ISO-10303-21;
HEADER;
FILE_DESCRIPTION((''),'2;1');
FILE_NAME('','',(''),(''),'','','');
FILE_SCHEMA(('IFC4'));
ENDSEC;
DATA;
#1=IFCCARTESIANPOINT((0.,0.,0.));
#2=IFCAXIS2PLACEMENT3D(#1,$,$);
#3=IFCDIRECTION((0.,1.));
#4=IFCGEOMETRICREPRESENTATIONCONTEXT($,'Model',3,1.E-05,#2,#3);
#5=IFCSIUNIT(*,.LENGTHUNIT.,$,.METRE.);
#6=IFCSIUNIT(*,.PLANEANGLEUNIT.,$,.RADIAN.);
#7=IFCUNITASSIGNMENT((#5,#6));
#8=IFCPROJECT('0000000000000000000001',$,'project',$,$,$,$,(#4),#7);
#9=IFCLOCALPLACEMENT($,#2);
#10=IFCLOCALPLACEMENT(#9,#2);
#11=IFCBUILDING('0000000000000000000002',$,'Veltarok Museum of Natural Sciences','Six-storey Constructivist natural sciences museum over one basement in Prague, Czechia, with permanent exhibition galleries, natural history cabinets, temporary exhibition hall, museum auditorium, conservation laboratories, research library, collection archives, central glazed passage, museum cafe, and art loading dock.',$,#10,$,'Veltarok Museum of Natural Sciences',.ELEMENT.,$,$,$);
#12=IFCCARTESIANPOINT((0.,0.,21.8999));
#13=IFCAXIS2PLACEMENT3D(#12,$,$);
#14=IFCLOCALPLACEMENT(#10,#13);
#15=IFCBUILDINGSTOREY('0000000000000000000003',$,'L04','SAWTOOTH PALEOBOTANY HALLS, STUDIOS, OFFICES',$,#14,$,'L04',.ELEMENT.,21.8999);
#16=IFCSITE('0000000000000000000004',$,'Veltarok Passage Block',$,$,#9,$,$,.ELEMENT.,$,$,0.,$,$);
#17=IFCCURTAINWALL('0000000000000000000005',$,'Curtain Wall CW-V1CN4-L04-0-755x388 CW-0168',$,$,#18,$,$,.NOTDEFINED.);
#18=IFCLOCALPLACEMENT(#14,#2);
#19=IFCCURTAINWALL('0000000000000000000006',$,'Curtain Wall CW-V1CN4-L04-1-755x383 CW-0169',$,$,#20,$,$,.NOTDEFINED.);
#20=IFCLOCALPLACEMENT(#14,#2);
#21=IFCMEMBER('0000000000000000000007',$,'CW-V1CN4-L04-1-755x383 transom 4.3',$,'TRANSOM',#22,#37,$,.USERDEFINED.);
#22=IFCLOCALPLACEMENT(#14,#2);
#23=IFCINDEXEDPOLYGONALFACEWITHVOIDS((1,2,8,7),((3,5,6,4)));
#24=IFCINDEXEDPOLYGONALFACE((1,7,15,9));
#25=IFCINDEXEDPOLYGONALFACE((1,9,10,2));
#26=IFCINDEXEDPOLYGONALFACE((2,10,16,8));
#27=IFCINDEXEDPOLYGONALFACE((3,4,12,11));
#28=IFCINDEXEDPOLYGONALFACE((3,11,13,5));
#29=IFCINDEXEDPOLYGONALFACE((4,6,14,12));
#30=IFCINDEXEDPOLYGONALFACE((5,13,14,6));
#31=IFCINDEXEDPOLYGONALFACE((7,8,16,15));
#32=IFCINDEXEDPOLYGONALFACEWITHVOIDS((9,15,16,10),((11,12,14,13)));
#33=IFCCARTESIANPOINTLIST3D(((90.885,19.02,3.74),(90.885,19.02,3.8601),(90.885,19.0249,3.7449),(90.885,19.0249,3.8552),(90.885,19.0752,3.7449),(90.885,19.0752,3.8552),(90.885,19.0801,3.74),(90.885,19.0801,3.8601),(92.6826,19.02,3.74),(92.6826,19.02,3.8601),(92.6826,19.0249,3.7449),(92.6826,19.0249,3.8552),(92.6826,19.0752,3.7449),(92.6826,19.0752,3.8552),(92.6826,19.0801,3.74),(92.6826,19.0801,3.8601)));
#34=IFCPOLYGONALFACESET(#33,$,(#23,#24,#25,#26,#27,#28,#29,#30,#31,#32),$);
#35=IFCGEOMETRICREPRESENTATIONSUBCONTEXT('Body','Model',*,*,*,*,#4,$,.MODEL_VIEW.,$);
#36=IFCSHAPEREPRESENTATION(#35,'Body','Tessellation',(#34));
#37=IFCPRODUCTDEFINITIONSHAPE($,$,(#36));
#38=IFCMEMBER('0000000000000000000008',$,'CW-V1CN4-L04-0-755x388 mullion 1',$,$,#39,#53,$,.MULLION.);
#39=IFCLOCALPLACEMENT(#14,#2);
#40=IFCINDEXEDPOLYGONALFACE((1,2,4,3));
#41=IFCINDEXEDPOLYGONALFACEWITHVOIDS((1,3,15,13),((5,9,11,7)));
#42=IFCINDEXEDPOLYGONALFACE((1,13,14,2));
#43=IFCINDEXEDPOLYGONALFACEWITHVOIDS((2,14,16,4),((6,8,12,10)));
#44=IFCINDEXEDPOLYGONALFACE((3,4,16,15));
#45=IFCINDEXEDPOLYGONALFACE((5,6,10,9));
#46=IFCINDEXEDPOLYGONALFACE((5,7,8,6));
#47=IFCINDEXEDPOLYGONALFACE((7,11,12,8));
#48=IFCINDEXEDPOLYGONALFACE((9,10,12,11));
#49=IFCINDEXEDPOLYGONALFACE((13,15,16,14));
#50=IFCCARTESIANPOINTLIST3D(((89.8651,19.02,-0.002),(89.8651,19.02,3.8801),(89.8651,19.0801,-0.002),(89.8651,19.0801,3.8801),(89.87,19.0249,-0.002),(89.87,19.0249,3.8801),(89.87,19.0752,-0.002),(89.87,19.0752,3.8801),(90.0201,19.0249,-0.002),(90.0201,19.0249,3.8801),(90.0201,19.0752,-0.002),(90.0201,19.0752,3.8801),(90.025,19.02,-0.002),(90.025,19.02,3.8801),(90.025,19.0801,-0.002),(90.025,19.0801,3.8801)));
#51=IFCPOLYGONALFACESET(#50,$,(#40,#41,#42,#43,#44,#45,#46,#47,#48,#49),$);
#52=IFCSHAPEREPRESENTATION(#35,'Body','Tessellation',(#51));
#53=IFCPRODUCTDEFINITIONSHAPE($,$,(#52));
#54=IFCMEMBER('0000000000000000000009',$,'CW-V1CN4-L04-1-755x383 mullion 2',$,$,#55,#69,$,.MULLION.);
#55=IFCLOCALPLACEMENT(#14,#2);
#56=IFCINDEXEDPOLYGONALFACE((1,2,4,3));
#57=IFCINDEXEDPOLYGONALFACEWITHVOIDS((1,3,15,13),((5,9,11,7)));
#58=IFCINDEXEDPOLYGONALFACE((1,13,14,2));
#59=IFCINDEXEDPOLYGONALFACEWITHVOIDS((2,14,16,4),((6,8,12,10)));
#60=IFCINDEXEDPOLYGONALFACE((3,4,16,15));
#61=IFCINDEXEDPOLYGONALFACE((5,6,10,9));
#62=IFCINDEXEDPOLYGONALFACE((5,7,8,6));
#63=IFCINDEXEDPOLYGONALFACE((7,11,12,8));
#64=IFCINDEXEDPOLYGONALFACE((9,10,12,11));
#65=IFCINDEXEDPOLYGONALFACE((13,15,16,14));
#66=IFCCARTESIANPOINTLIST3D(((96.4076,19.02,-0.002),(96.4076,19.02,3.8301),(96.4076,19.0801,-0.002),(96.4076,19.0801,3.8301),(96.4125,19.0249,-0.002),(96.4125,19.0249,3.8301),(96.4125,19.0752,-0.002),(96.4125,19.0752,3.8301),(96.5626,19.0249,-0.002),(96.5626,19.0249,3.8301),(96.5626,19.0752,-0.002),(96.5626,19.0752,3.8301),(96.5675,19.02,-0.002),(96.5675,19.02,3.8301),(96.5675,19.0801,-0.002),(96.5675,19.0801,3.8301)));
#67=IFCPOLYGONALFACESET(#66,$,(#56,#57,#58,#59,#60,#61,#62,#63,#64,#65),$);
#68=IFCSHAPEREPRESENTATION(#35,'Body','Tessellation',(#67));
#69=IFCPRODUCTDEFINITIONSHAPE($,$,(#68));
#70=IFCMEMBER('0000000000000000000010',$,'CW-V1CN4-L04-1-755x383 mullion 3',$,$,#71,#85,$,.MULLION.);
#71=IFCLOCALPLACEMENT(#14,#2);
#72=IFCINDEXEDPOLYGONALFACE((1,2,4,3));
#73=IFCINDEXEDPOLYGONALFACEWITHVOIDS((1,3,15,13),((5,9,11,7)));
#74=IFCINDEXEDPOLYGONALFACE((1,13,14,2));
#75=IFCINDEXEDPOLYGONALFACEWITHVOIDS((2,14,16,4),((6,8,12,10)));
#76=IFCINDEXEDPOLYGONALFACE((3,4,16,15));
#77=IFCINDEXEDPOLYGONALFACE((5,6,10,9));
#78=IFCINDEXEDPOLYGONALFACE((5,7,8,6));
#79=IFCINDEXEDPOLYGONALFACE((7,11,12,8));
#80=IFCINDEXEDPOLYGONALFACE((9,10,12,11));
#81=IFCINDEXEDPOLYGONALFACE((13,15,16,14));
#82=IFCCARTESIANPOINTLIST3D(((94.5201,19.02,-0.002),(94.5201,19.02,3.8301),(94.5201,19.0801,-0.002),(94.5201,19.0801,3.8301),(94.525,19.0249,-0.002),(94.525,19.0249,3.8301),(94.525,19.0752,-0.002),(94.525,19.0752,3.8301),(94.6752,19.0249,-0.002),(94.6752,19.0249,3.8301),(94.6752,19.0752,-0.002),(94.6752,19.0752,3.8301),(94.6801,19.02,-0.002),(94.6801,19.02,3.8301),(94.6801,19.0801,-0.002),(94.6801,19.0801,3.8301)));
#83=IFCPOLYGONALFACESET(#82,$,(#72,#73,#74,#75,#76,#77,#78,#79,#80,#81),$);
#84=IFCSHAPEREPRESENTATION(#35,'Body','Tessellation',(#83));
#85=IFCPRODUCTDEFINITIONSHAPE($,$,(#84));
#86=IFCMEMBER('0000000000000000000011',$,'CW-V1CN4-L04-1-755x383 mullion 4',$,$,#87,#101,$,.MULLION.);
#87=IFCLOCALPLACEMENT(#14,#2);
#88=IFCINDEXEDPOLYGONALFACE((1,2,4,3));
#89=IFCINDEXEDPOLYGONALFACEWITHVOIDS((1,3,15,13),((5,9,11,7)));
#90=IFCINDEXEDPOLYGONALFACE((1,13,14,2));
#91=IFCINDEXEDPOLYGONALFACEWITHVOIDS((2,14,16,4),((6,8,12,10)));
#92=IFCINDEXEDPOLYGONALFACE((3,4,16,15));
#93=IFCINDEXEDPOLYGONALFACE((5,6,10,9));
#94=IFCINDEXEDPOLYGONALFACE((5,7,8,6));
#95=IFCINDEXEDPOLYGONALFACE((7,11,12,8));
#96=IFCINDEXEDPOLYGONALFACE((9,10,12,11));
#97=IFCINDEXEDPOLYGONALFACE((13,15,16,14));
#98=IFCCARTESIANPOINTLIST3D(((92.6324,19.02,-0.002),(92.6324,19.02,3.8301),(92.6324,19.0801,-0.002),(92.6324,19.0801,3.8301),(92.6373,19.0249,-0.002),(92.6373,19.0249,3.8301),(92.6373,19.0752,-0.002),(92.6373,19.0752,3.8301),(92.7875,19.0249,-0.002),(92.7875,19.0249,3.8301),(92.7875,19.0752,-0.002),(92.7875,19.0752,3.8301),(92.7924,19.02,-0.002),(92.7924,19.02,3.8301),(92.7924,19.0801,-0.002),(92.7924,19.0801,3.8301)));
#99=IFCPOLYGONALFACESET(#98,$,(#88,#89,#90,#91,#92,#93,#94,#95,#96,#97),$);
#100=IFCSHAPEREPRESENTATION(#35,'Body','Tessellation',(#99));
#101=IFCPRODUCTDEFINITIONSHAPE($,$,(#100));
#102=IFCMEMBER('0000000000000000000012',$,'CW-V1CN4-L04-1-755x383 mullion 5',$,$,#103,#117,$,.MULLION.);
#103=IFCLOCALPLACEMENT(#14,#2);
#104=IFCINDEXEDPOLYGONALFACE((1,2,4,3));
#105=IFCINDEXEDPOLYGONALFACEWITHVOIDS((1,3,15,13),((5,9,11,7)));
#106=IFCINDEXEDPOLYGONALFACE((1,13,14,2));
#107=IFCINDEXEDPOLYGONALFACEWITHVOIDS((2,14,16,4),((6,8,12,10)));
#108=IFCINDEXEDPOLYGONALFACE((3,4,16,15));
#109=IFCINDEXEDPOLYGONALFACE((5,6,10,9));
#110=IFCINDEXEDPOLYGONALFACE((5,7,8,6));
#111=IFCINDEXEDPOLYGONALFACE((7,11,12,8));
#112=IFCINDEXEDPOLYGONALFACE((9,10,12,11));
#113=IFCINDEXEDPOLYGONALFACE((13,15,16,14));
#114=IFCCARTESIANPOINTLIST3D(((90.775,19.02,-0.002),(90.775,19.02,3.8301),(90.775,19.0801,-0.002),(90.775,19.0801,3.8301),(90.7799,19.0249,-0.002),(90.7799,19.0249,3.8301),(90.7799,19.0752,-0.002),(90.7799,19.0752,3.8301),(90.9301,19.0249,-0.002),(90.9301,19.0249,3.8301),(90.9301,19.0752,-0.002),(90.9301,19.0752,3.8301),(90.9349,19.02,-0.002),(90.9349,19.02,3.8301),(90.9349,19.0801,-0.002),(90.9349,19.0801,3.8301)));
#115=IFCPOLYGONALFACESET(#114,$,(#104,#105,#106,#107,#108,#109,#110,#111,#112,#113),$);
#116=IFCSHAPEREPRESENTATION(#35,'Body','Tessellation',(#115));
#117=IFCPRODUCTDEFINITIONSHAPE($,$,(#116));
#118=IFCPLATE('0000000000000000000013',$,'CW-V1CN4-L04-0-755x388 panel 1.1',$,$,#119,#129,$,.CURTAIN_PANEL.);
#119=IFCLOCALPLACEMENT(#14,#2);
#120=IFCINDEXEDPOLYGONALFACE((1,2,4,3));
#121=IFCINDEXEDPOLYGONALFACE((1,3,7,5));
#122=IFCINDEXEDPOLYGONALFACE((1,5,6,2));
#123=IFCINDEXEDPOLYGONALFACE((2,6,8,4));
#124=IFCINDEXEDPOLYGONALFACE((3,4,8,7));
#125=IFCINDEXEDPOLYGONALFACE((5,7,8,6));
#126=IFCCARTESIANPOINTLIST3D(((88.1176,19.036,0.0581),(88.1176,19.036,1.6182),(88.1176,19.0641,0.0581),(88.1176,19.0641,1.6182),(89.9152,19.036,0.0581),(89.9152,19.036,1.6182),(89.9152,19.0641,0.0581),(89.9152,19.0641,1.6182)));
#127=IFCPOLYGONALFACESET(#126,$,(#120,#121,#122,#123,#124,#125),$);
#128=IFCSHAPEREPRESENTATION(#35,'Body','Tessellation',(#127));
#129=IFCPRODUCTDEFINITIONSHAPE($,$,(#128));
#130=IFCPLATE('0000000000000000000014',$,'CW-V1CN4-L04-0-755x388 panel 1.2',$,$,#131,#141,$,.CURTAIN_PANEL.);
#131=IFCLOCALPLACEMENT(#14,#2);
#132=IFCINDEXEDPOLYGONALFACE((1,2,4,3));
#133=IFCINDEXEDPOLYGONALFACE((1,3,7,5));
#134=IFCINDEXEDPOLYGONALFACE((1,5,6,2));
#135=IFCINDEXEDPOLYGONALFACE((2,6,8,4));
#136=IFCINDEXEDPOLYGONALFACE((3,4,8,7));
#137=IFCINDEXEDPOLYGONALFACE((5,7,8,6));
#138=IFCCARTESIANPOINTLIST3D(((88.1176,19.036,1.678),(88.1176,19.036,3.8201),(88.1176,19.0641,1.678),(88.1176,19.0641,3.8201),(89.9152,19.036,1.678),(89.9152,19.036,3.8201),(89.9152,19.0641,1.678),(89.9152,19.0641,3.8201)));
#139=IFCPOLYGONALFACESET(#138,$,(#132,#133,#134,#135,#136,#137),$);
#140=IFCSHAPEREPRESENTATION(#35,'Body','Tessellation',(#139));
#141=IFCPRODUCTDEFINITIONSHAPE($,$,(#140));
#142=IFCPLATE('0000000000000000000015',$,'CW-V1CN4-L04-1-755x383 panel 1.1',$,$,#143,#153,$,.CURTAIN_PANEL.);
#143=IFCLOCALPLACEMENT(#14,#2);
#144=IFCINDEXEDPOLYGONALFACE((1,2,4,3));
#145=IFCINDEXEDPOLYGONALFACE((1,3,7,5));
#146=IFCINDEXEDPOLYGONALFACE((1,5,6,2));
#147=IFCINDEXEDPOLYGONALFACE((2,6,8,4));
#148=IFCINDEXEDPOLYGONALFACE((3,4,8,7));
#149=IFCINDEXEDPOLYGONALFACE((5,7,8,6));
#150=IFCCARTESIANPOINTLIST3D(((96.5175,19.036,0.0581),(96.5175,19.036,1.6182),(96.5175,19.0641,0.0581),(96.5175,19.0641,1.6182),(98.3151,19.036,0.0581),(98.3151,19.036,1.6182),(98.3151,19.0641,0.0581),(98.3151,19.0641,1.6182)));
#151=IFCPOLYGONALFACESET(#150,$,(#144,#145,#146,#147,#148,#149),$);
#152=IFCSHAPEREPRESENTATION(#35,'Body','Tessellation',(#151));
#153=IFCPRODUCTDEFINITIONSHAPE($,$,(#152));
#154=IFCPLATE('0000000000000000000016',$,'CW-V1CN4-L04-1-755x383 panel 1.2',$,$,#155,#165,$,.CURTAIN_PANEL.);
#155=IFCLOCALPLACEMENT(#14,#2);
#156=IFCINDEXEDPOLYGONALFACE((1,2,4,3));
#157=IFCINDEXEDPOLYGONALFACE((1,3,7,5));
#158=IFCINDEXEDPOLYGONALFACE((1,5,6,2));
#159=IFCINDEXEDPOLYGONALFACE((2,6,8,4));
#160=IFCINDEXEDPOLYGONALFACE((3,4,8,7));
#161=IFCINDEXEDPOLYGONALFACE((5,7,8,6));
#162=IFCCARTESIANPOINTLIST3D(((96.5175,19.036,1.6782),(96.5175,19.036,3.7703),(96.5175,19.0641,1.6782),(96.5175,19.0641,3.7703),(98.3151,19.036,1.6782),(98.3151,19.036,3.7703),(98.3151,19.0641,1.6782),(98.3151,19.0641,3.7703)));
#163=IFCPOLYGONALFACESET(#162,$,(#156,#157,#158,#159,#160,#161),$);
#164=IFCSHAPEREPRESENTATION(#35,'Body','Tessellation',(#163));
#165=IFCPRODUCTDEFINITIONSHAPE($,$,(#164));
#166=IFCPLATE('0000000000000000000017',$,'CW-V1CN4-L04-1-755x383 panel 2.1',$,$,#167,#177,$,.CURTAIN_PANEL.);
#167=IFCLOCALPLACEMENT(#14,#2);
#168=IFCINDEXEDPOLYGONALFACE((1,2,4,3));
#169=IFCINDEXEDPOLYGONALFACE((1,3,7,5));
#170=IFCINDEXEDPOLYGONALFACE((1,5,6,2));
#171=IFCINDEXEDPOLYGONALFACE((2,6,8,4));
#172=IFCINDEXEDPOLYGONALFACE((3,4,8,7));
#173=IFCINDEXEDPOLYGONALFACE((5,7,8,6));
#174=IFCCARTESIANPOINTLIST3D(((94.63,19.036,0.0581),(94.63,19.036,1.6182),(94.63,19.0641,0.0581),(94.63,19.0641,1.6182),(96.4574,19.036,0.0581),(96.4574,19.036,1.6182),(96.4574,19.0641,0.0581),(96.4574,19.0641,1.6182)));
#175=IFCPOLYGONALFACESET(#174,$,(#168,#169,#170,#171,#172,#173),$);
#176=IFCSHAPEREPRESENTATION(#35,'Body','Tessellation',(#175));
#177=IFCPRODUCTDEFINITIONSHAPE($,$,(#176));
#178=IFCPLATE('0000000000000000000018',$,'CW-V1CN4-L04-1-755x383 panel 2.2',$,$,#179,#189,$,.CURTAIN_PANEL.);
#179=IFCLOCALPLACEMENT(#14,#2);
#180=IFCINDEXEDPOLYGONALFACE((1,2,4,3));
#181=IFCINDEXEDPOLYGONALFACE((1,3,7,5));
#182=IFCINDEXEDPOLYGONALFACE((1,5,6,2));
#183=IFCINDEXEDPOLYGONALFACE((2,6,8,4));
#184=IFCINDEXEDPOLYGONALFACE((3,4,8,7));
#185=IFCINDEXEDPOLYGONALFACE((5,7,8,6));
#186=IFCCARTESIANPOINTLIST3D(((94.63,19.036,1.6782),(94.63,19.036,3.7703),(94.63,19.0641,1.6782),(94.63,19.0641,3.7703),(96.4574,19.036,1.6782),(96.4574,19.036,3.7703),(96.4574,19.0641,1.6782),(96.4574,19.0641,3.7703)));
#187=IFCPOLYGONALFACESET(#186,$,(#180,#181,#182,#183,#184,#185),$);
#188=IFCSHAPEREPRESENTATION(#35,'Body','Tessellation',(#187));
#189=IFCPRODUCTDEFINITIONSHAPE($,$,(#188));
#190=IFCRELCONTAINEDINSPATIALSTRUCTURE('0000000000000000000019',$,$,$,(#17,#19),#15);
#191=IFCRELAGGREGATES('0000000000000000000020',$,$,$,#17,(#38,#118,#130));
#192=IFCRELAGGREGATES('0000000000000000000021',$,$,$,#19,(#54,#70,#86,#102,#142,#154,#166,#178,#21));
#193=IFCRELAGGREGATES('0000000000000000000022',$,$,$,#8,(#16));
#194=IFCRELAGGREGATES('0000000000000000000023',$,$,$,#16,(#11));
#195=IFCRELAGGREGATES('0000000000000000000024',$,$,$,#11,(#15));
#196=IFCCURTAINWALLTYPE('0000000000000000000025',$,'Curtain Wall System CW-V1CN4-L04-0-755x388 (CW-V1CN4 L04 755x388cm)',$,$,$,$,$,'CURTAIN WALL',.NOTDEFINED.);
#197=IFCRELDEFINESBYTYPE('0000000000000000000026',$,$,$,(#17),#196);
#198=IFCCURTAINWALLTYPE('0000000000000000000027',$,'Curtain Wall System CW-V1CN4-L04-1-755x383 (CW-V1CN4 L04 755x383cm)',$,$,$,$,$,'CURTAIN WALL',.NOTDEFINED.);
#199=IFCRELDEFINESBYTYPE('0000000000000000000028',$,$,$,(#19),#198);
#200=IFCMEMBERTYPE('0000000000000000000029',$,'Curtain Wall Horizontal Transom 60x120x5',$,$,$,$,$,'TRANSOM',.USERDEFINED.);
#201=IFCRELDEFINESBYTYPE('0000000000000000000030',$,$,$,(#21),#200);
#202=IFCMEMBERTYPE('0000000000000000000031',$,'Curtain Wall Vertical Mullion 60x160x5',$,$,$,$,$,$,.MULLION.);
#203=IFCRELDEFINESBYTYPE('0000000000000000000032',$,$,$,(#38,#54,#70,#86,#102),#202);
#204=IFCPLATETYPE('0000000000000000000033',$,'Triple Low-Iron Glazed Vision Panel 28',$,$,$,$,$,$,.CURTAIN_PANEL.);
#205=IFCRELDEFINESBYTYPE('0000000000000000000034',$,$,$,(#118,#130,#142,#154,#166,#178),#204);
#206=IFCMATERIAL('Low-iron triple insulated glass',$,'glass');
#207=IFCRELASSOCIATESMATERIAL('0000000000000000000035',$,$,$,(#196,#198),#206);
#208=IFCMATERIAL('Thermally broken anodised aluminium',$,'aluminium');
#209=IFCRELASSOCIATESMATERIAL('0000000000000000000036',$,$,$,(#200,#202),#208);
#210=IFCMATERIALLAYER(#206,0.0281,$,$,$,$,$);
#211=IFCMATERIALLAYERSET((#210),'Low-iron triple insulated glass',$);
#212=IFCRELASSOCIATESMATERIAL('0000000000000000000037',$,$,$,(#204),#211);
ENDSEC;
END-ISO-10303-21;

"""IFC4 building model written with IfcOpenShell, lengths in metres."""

from ifc_helpers import new_model, si_unit, direction, frame, origin, origin_2d, place, context, subcontext, project, spatial, rectangle, hollow_rectangle, extrude, material, layer, layer_set, material_profile, profile_set, type_object, element, aggregate, save


model = new_model("IFC4")

# Units and contexts
model_context = context("Model", 3, precision=1e-05, world=origin(), true_north=direction((0.0, 1.0)))
body_context = subcontext(model_context, "Body", "Model", "MODEL_VIEW")
ifc_project = project(units=[si_unit("LENGTHUNIT", "METRE"), si_unit("PLANEANGLEUNIT", "RADIAN")], contexts=[model_context])

# Site, building, storey
site_placement = place(None, origin())
site = spatial("IfcSite", under=ifc_project, at=site_placement, Name="Veltarok Passage Block", CompositionType="ELEMENT", RefElevation=0.0)
building_placement = place(site_placement, origin())
building = spatial("IfcBuilding", under=site, at=building_placement, Name="Veltarok Museum of Natural Sciences", Description="Six-storey Constructivist natural sciences museum over one basement in Prague, Czechia, with permanent exhibition galleries, natural history cabinets, temporary exhibition hall, museum auditorium, conservation laboratories, research library, collection archives, central glazed passage, museum cafe, and art loading dock.", LongName="Veltarok Museum of Natural Sciences", CompositionType="ELEMENT")
storey_placement = place(building_placement, frame((0.0, 0.0, 21.8999)))
storey = spatial("IfcBuildingStorey", under=building, at=storey_placement, Name="L04", Description="SAWTOOTH PALEOBOTANY HALLS, STUDIOS, OFFICES", LongName="L04", CompositionType="ELEMENT", Elevation=21.8999)

# Curtain walls, member
ifc_material_1 = material(Name="Low-iron triple insulated glass", Category="glass")
curtain_wall_type_1 = type_object("IfcCurtainWallType", Name="Curtain Wall System CW-V1CN4-L04-0-755x388 (CW-V1CN4 L04 755x388cm)", ElementType="CURTAIN WALL", PredefinedType="NOTDEFINED", material=ifc_material_1)
curtain_wall_1_placement = place(storey_placement, origin())
curtain_wall_1 = element("IfcCurtainWall", 1, at=curtain_wall_1_placement, inside=storey, type_object=curtain_wall_type_1, Name="Curtain Wall CW-V1CN4-L04-0-755x388 CW-0168", PredefinedType="NOTDEFINED")
ifc_material_2 = material(Name="Thermally broken anodised aluminium", Category="aluminium")
ifc_material_profile_1 = material_profile(ifc_material_2, hollow_rectangle(XDim=0.0601, YDim=0.1201, WallThickness=0.0049, at=origin_2d()), Name="CW TRANSOM 60x120x5")
ifc_profile_set_1 = profile_set([ifc_material_profile_1], Name="Thermally broken anodised aluminium")
member_type_1 = type_object("IfcMemberType", Name="Curtain Wall Horizontal Transom 60x120x5", ElementType="TRANSOM", PredefinedType="USERDEFINED", material=ifc_profile_set_1)
curtain_wall_type_2 = type_object("IfcCurtainWallType", Name="Curtain Wall System CW-V1CN4-L04-1-755x383 (CW-V1CN4 L04 755x383cm)", ElementType="CURTAIN WALL", PredefinedType="NOTDEFINED", material=ifc_material_1)
curtain_wall_2_placement = place(storey_placement, origin())
curtain_wall_2 = element("IfcCurtainWall", 2, at=curtain_wall_2_placement, inside=storey, type_object=curtain_wall_type_2, Name="Curtain Wall CW-V1CN4-L04-1-755x383 CW-0169", PredefinedType="NOTDEFINED")
member_1_placement = place(storey_placement, frame((92.6826, 19.05, 3.8), z_axis=(-1.0, 0.0, 0.0), x_axis=(0.0, -1.0, 0.0)))
member_1 = element("IfcMember", 3, at=member_1_placement, type_object=member_type_1, Name="CW-V1CN4-L04-1-755x383 transom 4.3", ObjectType="TRANSOM", PredefinedType="USERDEFINED", context=body_context, shape_type="SweptSolid", body=[
    extrude(hollow_rectangle(XDim=0.0601, YDim=0.1201, WallThickness=0.0049, at=origin_2d()), origin(), (0.0, 0.0, 1.0), 1.7976),
])

# Members
ifc_material_profile_2 = material_profile(ifc_material_2, hollow_rectangle(XDim=0.0601, YDim=0.1599, WallThickness=0.0049, at=origin_2d()), Name="CW MULLION 60x160x5")
ifc_profile_set_2 = profile_set([ifc_material_profile_2], Name="Thermally broken anodised aluminium")
member_type_2 = type_object("IfcMemberType", Name="Curtain Wall Vertical Mullion 60x160x5", PredefinedType="MULLION", material=ifc_profile_set_2)
member_2_placement = place(storey_placement, frame((89.9451, 19.05, -0.002), z_axis=(0.0, 0.0, 1.0), x_axis=(0.0, -1.0, 0.0)))
member_2 = element("IfcMember", 4, at=member_2_placement, type_object=member_type_2, Name="CW-V1CN4-L04-0-755x388 mullion 1", PredefinedType="MULLION", context=body_context, shape_type="SweptSolid", body=[
    extrude(hollow_rectangle(XDim=0.0601, YDim=0.1599, WallThickness=0.0049, at=origin_2d()), origin(), (0.0, 0.0, 1.0), 3.8821),
])
member_3_placement = place(storey_placement, frame((96.4875, 19.05, -0.002), z_axis=(0.0, 0.0, 1.0), x_axis=(0.0, -1.0, 0.0)))
member_3 = element("IfcMember", 5, at=member_3_placement, type_object=member_type_2, Name="CW-V1CN4-L04-1-755x383 mullion 2", PredefinedType="MULLION", context=body_context, shape_type="SweptSolid", body=[
    extrude(hollow_rectangle(XDim=0.0601, YDim=0.1599, WallThickness=0.0049, at=origin_2d()), origin(), (0.0, 0.0, 1.0), 3.832),
])
member_4_placement = place(storey_placement, frame((94.6001, 19.05, -0.002), z_axis=(0.0, 0.0, 1.0), x_axis=(0.0, -1.0, 0.0)))
member_4 = element("IfcMember", 6, at=member_4_placement, type_object=member_type_2, Name="CW-V1CN4-L04-1-755x383 mullion 3", PredefinedType="MULLION", context=body_context, shape_type="SweptSolid", body=[
    extrude(hollow_rectangle(XDim=0.0601, YDim=0.1599, WallThickness=0.0049, at=origin_2d()), origin(), (0.0, 0.0, 1.0), 3.832),
])
member_5_placement = place(storey_placement, frame((92.7124, 19.05, -0.002), z_axis=(0.0, 0.0, 1.0), x_axis=(0.0, -1.0, 0.0)))
member_5 = element("IfcMember", 7, at=member_5_placement, type_object=member_type_2, Name="CW-V1CN4-L04-1-755x383 mullion 4", PredefinedType="MULLION", context=body_context, shape_type="SweptSolid", body=[
    extrude(hollow_rectangle(XDim=0.0601, YDim=0.1599, WallThickness=0.0049, at=origin_2d()), origin(), (0.0, 0.0, 1.0), 3.832),
])
member_6_placement = place(storey_placement, frame((90.855, 19.05, -0.002), z_axis=(0.0, 0.0, 1.0), x_axis=(0.0, -1.0, 0.0)))
member_6 = element("IfcMember", 8, at=member_6_placement, type_object=member_type_2, Name="CW-V1CN4-L04-1-755x383 mullion 5", PredefinedType="MULLION", context=body_context, shape_type="SweptSolid", body=[
    extrude(hollow_rectangle(XDim=0.0601, YDim=0.1599, WallThickness=0.0049, at=origin_2d()), origin(), (0.0, 0.0, 1.0), 3.832),
])

# Plates
ifc_layer_1 = layer(ifc_material_1, 0.0281)
ifc_layer_set_1 = layer_set([ifc_layer_1], Name="Low-iron triple insulated glass")
plate_type = type_object("IfcPlateType", Name="Triple Low-Iron Glazed Vision Panel 28", PredefinedType="CURTAIN_PANEL", material=ifc_layer_set_1)
plate_1_placement = place(storey_placement, frame((89.0164, 19.05, 0.0581), z_axis=(0.0, 0.0, 1.0), x_axis=(-1.0, 0.0, 0.0)))
plate_1 = element("IfcPlate", 9, at=plate_1_placement, type_object=plate_type, Name="CW-V1CN4-L04-0-755x388 panel 1.1", PredefinedType="CURTAIN_PANEL", context=body_context, shape_type="SweptSolid", body=[
    extrude(rectangle(XDim=1.7976, YDim=0.0281, at=origin_2d()), origin(), (0.0, 0.0, 1.0), 1.5601),
])
plate_2_placement = place(storey_placement, frame((89.0164, 19.05, 1.678), z_axis=(0.0, 0.0, 1.0), x_axis=(-1.0, 0.0, 0.0)))
plate_2 = element("IfcPlate", 10, at=plate_2_placement, type_object=plate_type, Name="CW-V1CN4-L04-0-755x388 panel 1.2", PredefinedType="CURTAIN_PANEL", context=body_context, shape_type="SweptSolid", body=[
    extrude(rectangle(XDim=1.7976, YDim=0.0281, at=origin_2d()), origin(), (0.0, 0.0, 1.0), 2.1421),
])
aggregate(curtain_wall_1, [member_2, plate_1, plate_2])
plate_3_placement = place(storey_placement, frame((97.4163, 19.05, 0.0581), z_axis=(0.0, 0.0, 1.0), x_axis=(-1.0, 0.0, 0.0)))
plate_3 = element("IfcPlate", 11, at=plate_3_placement, type_object=plate_type, Name="CW-V1CN4-L04-1-755x383 panel 1.1", PredefinedType="CURTAIN_PANEL", context=body_context, shape_type="SweptSolid", body=[
    extrude(rectangle(XDim=1.7976, YDim=0.0281, at=origin_2d()), origin(), (0.0, 0.0, 1.0), 1.5601),
])
plate_4_placement = place(storey_placement, frame((97.4163, 19.05, 1.6782), z_axis=(0.0, 0.0, 1.0), x_axis=(-1.0, 0.0, 0.0)))
plate_4 = element("IfcPlate", 12, at=plate_4_placement, type_object=plate_type, Name="CW-V1CN4-L04-1-755x383 panel 1.2", PredefinedType="CURTAIN_PANEL", context=body_context, shape_type="SweptSolid", body=[
    extrude(rectangle(XDim=1.7976, YDim=0.0281, at=origin_2d()), origin(), (0.0, 0.0, 1.0), 2.092),
])
plate_5_placement = place(storey_placement, frame((95.5437, 19.05, 0.0581), z_axis=(0.0, 0.0, 1.0), x_axis=(-1.0, 0.0, 0.0)))
plate_5 = element("IfcPlate", 13, at=plate_5_placement, type_object=plate_type, Name="CW-V1CN4-L04-1-755x383 panel 2.1", PredefinedType="CURTAIN_PANEL", context=body_context, shape_type="SweptSolid", body=[
    extrude(rectangle(XDim=1.8274, YDim=0.0281, at=origin_2d()), origin(), (0.0, 0.0, 1.0), 1.5601),
])
plate_6_placement = place(storey_placement, frame((95.5437, 19.05, 1.6782), z_axis=(0.0, 0.0, 1.0), x_axis=(-1.0, 0.0, 0.0)))
plate_6 = element("IfcPlate", 14, at=plate_6_placement, type_object=plate_type, Name="CW-V1CN4-L04-1-755x383 panel 2.2", PredefinedType="CURTAIN_PANEL", context=body_context, shape_type="SweptSolid", body=[
    extrude(rectangle(XDim=1.8274, YDim=0.0281, at=origin_2d()), origin(), (0.0, 0.0, 1.0), 2.092),
])
aggregate(curtain_wall_2, [member_3, member_4, member_5, member_6, plate_3, plate_4, plate_5, plate_6, member_1])

save(model, "model.ifc")
